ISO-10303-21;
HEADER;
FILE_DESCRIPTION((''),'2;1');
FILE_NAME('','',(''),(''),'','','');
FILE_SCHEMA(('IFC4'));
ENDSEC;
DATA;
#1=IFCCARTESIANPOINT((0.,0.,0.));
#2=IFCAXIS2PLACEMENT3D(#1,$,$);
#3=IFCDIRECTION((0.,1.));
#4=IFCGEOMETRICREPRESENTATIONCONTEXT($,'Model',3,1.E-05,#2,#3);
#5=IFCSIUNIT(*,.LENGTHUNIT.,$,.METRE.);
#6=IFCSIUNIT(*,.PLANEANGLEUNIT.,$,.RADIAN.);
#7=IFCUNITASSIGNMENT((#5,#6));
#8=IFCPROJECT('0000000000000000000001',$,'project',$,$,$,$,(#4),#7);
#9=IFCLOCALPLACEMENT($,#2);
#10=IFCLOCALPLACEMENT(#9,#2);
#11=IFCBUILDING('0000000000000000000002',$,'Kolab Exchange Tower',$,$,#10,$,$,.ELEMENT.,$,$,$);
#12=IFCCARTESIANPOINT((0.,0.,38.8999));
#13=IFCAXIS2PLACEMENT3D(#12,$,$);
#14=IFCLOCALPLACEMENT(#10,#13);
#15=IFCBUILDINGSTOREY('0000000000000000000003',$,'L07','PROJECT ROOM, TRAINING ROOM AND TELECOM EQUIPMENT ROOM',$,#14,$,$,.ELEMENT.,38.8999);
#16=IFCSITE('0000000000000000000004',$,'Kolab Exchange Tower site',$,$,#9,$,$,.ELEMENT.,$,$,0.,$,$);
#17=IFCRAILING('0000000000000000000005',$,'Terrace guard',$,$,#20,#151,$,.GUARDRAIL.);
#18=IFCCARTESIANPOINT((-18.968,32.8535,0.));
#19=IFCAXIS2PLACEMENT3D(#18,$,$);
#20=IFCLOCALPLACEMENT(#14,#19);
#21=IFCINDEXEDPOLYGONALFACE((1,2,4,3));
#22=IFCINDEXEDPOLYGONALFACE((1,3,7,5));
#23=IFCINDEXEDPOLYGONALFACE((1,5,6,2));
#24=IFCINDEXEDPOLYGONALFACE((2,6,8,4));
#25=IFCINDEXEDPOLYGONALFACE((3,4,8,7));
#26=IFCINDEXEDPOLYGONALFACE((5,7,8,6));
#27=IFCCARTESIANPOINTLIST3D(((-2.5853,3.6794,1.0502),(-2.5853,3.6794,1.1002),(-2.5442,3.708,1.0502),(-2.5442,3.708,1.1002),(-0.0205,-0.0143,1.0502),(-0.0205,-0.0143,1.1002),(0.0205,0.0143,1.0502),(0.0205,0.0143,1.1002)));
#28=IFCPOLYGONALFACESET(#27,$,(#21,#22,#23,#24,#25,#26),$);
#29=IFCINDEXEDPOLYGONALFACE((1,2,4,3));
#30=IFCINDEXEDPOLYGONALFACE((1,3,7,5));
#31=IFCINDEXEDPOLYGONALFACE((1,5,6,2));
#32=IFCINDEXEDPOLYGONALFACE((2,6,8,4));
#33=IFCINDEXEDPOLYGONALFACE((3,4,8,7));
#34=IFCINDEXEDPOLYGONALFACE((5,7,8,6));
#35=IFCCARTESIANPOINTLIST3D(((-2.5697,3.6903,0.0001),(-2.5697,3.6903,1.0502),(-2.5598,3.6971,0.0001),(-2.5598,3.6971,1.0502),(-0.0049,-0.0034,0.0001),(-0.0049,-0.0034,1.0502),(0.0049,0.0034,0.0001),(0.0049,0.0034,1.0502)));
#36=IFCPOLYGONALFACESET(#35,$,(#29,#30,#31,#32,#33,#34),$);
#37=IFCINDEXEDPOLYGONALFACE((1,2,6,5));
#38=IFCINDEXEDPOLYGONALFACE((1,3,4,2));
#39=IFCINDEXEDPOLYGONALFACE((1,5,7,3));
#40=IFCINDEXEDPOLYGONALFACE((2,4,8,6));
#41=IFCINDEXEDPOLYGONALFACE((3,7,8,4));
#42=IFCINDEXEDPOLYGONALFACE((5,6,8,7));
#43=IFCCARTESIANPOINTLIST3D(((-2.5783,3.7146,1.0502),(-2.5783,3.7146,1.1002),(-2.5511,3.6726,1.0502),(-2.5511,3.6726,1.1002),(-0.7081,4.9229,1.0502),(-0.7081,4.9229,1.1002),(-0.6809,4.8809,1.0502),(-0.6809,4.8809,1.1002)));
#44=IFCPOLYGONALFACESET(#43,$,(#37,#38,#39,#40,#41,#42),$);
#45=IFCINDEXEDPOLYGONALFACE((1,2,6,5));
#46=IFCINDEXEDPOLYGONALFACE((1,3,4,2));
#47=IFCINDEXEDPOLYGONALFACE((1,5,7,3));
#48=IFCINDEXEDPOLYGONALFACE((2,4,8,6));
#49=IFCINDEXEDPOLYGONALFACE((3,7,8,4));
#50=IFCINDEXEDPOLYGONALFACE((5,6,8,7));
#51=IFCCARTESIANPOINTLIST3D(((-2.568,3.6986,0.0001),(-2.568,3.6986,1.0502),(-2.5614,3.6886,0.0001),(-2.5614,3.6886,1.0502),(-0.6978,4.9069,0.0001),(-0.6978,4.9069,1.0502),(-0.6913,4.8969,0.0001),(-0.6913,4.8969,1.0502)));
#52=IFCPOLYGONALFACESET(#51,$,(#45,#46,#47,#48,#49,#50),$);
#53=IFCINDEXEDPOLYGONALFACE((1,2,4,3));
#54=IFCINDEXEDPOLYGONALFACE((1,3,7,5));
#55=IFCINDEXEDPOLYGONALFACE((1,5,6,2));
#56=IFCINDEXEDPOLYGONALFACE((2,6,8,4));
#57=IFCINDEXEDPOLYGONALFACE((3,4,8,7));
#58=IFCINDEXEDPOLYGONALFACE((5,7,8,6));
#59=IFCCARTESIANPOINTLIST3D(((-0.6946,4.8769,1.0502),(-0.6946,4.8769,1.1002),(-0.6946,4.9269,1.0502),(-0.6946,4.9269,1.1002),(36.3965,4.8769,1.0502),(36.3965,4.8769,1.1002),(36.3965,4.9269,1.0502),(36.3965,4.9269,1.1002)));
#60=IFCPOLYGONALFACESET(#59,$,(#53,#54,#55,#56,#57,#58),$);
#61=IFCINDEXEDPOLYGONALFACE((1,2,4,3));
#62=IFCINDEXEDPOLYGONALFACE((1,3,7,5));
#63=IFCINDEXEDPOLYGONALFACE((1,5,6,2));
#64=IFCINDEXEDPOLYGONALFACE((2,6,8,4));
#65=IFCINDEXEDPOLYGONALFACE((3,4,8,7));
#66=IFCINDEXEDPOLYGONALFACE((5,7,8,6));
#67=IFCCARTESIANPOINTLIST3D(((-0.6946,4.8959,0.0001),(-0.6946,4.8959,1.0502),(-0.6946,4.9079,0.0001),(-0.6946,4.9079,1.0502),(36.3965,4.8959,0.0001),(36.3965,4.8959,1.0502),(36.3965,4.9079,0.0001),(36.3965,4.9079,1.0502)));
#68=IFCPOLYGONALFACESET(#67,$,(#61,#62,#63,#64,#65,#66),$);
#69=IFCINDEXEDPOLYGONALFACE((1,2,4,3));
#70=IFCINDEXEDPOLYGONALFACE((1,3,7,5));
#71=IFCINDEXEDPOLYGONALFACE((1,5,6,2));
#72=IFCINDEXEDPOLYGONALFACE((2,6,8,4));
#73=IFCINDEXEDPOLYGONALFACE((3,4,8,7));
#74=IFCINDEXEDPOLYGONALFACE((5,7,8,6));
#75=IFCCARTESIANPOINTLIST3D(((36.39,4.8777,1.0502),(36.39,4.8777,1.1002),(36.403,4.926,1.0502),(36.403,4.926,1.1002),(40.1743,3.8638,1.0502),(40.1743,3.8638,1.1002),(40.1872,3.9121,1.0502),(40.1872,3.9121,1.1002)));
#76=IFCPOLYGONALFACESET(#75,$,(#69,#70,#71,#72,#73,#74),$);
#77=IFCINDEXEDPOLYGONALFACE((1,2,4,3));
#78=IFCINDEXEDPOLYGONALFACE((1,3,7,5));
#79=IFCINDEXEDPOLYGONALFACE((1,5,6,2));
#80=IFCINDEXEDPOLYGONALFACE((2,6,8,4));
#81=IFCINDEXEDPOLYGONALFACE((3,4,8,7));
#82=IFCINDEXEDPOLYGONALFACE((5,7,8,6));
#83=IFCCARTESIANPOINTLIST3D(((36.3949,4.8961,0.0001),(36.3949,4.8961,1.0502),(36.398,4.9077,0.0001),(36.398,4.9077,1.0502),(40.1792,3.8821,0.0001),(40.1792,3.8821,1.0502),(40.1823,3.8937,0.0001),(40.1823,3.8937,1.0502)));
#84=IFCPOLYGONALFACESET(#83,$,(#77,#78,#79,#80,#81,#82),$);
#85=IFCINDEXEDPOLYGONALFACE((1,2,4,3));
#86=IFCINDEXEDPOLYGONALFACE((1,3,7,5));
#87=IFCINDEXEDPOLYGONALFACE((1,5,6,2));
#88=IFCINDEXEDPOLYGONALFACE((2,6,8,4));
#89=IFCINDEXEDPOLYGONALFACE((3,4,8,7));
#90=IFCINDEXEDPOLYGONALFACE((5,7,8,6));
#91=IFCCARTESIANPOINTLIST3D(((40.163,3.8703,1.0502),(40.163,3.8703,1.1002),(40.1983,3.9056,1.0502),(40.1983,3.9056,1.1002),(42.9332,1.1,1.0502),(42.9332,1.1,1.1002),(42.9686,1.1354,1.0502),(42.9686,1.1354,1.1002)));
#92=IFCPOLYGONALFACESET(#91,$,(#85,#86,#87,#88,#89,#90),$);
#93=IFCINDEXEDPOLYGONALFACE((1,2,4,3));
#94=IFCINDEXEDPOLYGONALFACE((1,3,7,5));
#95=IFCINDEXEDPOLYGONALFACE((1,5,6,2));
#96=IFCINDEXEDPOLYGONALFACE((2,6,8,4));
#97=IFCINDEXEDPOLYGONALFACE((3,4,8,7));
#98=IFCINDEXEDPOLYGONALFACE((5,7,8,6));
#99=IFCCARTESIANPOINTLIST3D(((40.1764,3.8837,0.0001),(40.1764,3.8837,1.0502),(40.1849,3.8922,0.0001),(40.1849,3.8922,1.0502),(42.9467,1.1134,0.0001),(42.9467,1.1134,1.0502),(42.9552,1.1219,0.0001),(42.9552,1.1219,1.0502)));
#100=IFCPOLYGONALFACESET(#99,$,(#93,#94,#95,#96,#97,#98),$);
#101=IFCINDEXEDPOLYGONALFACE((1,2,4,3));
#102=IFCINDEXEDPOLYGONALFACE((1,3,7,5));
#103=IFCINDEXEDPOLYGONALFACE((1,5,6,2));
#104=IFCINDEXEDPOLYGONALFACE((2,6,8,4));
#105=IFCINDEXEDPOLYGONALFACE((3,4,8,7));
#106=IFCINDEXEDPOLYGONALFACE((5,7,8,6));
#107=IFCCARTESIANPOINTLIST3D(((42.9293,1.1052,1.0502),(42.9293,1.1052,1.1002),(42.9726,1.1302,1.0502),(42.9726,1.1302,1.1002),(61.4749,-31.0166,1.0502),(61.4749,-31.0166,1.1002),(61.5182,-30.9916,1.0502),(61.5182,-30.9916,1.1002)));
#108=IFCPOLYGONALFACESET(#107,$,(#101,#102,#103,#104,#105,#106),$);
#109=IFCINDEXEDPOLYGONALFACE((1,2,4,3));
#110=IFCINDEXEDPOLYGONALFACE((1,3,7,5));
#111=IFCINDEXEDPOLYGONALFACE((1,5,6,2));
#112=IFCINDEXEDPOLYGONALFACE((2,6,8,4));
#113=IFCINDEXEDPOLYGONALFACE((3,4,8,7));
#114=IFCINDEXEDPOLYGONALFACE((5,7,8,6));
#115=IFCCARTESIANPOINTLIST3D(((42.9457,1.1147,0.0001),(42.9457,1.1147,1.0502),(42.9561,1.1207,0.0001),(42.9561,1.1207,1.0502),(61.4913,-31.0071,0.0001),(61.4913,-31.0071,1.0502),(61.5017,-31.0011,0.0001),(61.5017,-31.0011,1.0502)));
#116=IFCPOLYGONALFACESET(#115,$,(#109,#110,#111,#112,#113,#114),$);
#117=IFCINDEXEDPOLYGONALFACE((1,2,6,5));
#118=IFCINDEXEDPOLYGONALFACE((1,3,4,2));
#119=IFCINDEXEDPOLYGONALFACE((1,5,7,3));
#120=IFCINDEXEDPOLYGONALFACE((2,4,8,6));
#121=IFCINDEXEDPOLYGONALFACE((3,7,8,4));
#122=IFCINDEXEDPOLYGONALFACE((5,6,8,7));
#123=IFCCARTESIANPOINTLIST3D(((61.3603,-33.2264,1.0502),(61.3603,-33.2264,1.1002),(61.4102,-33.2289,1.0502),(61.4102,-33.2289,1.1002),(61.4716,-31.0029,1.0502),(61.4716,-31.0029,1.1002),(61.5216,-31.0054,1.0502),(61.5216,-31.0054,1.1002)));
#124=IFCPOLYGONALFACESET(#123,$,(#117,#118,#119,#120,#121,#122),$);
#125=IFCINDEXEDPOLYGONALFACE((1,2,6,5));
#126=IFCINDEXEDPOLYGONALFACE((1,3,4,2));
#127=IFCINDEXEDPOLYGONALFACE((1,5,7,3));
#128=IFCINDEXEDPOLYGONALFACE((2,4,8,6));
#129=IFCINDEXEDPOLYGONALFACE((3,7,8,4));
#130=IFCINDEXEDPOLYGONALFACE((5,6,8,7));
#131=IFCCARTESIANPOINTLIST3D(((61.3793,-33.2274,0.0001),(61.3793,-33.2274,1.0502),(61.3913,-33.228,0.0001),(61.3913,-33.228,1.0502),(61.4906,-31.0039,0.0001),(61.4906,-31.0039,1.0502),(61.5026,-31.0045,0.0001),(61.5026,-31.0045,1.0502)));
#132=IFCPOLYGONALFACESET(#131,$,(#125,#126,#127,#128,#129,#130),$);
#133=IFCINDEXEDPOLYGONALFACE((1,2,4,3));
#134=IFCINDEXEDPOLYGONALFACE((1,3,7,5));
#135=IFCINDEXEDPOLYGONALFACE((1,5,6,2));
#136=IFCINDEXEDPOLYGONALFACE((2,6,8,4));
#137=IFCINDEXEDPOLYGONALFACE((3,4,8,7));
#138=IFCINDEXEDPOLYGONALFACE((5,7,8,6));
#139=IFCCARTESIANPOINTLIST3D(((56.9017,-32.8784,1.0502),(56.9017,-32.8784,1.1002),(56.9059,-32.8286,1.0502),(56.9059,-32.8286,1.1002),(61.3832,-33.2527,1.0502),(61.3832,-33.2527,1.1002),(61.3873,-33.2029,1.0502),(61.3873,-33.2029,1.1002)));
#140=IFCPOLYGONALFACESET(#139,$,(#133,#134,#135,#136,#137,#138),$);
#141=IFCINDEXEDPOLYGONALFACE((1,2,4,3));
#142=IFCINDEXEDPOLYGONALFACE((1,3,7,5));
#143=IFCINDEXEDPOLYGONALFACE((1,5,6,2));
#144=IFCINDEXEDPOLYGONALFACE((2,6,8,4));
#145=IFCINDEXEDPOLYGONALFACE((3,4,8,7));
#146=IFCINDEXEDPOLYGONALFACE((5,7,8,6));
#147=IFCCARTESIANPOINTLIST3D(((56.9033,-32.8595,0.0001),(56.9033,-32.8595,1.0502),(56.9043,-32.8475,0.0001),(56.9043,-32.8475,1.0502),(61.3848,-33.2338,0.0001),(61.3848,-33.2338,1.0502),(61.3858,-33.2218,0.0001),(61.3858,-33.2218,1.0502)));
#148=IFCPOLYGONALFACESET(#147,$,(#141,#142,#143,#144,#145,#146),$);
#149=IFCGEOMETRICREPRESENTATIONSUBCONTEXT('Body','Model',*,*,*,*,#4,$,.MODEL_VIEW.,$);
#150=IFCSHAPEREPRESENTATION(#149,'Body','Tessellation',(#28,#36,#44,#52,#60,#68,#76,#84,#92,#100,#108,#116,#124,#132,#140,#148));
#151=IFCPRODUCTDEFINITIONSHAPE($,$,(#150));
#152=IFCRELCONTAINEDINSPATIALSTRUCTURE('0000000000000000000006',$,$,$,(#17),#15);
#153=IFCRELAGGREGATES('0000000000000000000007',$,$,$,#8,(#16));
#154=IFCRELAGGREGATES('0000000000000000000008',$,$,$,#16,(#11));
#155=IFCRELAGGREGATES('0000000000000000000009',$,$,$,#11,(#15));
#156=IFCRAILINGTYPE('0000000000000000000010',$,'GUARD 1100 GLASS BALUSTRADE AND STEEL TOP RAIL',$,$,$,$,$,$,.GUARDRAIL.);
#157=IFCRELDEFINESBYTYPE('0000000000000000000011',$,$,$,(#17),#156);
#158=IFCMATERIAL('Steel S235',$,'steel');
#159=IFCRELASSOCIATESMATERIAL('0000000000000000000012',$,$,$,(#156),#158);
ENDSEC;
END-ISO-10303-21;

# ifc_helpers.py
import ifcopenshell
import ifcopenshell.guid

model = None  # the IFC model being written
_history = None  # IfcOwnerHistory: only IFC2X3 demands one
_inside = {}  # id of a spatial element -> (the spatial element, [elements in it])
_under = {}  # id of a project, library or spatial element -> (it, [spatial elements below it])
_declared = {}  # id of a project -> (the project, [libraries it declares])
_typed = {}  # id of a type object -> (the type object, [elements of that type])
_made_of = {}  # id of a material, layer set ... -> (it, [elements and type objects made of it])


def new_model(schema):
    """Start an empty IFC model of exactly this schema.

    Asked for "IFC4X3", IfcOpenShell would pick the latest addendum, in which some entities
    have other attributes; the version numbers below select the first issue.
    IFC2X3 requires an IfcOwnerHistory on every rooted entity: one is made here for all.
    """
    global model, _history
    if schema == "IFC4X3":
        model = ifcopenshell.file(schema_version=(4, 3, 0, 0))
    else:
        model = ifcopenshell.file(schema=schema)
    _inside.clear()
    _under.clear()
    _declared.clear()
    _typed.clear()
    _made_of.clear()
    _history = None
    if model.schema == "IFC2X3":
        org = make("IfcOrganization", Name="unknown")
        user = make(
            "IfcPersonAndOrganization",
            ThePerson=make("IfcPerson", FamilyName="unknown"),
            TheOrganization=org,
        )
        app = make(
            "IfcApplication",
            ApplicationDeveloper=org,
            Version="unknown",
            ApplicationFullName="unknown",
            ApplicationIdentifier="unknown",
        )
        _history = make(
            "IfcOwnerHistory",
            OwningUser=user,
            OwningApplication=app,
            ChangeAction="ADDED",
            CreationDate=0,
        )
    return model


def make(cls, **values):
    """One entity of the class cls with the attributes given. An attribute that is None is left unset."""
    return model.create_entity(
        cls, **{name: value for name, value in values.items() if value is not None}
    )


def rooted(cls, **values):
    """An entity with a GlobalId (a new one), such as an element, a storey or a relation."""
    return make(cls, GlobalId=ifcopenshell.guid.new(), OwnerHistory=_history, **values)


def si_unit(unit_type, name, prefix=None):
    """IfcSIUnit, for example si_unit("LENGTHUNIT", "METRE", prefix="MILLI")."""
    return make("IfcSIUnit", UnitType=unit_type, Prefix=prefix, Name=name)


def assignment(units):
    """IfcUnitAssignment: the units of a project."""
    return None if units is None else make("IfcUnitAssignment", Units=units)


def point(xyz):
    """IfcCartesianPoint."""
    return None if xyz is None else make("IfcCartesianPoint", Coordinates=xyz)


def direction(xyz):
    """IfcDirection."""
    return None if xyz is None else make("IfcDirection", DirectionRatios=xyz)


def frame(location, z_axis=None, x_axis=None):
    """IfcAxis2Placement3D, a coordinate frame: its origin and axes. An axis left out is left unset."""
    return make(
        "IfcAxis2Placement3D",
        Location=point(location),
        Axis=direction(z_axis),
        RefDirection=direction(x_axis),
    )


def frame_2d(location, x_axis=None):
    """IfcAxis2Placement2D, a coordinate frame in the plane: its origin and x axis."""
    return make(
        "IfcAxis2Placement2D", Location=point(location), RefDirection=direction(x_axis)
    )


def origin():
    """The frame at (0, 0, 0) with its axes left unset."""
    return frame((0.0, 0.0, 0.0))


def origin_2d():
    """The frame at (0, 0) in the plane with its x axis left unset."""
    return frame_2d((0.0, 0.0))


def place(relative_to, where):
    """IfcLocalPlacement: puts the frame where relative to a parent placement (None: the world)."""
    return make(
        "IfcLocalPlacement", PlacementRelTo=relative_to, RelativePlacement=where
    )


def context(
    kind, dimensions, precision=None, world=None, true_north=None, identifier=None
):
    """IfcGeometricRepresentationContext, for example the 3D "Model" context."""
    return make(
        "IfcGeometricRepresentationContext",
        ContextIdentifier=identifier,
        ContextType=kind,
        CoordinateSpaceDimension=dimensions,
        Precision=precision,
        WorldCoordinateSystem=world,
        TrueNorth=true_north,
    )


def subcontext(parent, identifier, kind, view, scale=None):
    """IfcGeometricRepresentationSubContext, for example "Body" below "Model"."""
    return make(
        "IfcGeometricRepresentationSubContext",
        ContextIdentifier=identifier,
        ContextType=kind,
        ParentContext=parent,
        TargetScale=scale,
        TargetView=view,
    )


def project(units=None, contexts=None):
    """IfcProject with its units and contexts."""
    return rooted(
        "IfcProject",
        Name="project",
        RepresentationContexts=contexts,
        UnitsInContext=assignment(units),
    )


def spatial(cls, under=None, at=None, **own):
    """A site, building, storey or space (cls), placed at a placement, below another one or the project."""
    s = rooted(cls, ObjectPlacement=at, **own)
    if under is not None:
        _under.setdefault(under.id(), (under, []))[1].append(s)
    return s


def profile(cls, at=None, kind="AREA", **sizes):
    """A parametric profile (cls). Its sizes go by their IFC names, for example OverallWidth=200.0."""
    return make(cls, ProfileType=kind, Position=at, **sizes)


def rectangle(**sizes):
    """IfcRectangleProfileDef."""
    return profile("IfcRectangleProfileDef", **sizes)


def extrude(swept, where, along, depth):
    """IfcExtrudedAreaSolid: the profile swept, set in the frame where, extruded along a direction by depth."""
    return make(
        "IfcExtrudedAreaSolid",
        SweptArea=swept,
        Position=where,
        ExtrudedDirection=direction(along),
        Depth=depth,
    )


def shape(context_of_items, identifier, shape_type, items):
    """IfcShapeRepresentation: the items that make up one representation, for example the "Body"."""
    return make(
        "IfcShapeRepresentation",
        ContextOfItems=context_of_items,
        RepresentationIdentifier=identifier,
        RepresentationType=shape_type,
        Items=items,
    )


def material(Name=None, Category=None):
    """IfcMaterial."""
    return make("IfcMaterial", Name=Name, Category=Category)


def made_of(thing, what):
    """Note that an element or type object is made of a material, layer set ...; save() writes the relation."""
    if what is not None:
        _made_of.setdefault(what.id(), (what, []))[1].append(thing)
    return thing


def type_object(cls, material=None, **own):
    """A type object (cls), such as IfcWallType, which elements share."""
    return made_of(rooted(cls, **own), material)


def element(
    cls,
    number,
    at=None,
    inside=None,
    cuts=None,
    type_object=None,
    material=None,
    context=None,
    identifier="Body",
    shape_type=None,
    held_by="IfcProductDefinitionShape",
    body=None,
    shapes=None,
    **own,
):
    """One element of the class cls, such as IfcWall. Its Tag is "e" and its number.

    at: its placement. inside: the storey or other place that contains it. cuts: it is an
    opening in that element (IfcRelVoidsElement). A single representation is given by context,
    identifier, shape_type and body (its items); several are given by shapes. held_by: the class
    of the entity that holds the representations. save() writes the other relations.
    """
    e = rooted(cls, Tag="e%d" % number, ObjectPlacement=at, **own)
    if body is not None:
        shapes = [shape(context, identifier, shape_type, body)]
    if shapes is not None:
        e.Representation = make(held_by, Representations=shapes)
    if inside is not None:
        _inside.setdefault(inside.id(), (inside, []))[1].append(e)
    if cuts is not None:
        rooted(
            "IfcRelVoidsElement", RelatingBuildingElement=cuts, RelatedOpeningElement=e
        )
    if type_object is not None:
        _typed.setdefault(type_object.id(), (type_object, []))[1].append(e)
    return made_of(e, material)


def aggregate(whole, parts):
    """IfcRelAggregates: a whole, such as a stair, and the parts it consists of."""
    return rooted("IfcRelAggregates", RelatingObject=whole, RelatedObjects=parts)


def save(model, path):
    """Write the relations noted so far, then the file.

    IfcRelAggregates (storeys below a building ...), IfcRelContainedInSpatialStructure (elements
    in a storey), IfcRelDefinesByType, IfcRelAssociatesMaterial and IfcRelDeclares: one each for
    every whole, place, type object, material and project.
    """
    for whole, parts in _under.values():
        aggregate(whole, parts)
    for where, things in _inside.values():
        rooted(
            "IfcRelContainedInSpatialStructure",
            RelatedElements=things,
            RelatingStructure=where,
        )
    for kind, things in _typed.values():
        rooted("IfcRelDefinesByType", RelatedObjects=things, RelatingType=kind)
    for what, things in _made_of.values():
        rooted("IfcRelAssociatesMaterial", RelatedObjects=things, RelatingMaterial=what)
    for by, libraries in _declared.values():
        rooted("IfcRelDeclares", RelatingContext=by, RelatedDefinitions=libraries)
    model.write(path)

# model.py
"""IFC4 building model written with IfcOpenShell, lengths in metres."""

from ifc_helpers import new_model, si_unit, direction, frame, frame_2d, origin, origin_2d, place, context, subcontext, project, spatial, rectangle, extrude, material, type_object, element, save


model = new_model("IFC4")

# Units and contexts
model_context = context("Model", 3, precision=1e-05, world=origin(), true_north=direction((0.0, 1.0)))
body_context = subcontext(model_context, "Body", "Model", "MODEL_VIEW")
ifc_project = project(units=[si_unit("LENGTHUNIT", "METRE"), si_unit("PLANEANGLEUNIT", "RADIAN")], contexts=[model_context])

# Site, building, storey
site_placement = place(None, origin())
site = spatial("IfcSite", under=ifc_project, at=site_placement, Name="Kolab Exchange Tower site", CompositionType="ELEMENT", RefElevation=0.0)
building_placement = place(site_placement, origin())
building = spatial("IfcBuilding", under=site, at=building_placement, Name="Kolab Exchange Tower", CompositionType="ELEMENT")
storey_placement = place(building_placement, frame((0.0, 0.0, 38.8999)))
storey = spatial("IfcBuildingStorey", under=building, at=storey_placement, Name="L07", Description="PROJECT ROOM, TRAINING ROOM AND TELECOM EQUIPMENT ROOM", CompositionType="ELEMENT", Elevation=38.8999)

# Railing
ifc_material_1 = material(Name="Steel S235", Category="steel")
railing_type = type_object("IfcRailingType", Name="GUARD 1100 GLASS BALUSTRADE AND STEEL TOP RAIL", PredefinedType="GUARDRAIL", material=ifc_material_1)
railing_1_placement = place(storey_placement, frame((-18.968, 32.8535, 0.0)))
element("IfcRailing", 1, at=railing_1_placement, inside=storey, type_object=railing_type, Name="Terrace guard", PredefinedType="GUARDRAIL", context=body_context, shape_type="SweptSolid", body=[
    extrude(rectangle(XDim=0.05, YDim=0.05, at=origin_2d()), frame((0.0, 0.0, 1.0752), z_axis=(-0.57035, 0.821402, 0.0), x_axis=(-0.821402, -0.57035, 0.0)), (0.0, 0.0, 1.0), 4.4968),
    extrude(rectangle(XDim=0.012, YDim=1.0501, at=frame_2d((0.0, 0.5251))), frame((0.0, 0.0, 0.0), z_axis=(-0.57035, 0.821402, 0.0), x_axis=(-0.821402, -0.57035, 0.0)), (0.0, 0.0, 1.0), 4.4968),
    extrude(rectangle(XDim=0.05, YDim=0.05, at=origin_2d()), frame((-2.5647, 3.6936, 1.0752), z_axis=(0.839944, 0.542674, 0.0), x_axis=(-0.542674, 0.839944, 0.0)), (0.0, 0.0, 1.0), 2.2266),
    extrude(rectangle(XDim=0.012, YDim=1.0501, at=frame_2d((0.0, 0.5251))), frame((-2.5647, 3.6936, 0.0), z_axis=(0.839944, 0.542674, 0.0), x_axis=(-0.542674, 0.839944, 0.0)), (0.0, 0.0, 1.0), 2.2266),
    extrude(rectangle(XDim=0.05, YDim=0.05, at=origin_2d()), frame((-0.6946, 4.9019, 1.0752), z_axis=(1.0, 0.0, 0.0), x_axis=(0.0, 1.0, 0.0)), (0.0, 0.0, 1.0), 37.0911),
    extrude(rectangle(XDim=0.012, YDim=1.0501, at=frame_2d((0.0, 0.5251))), frame((-0.6946, 4.9019, 0.0), z_axis=(1.0, 0.0, 0.0), x_axis=(0.0, 1.0, 0.0)), (0.0, 0.0, 1.0), 37.0911),
    extrude(rectangle(XDim=0.05, YDim=0.05, at=origin_2d()), frame((36.3965, 4.9019, 1.0752), z_axis=(0.965929, -0.258807, 0.0), x_axis=(0.258807, 0.965929, 0.0)), (0.0, 0.0, 1.0), 3.9177),
    extrude(rectangle(XDim=0.012, YDim=1.0501, at=frame_2d((0.0, 0.5251))), frame((36.3965, 4.9019, 0.0), z_axis=(0.965929, -0.258807, 0.0), x_axis=(0.258807, 0.965929, 0.0)), (0.0, 0.0, 1.0), 3.9177),
    extrude(rectangle(XDim=0.05, YDim=0.05, at=origin_2d()), frame((40.1807, 3.8879, 1.0752), z_axis=(0.707107, -0.707107, 0.0), x_axis=(0.707107, 0.707107, 0.0)), (0.0, 0.0, 1.0), 3.9177),
    extrude(rectangle(XDim=0.012, YDim=1.0501, at=frame_2d((0.0, 0.5251))), frame((40.1807, 3.8879, 0.0), z_axis=(0.707107, -0.707107, 0.0), x_axis=(0.707107, 0.707107, 0.0)), (0.0, 0.0, 1.0), 3.9177),
    extrude(rectangle(XDim=0.05, YDim=0.05, at=origin_2d()), frame((42.9509, 1.1177, 1.0752), z_axis=(0.500002, -0.866024, 0.0), x_axis=(0.866024, 0.500002, 0.0)), (0.0, 0.0, 1.0), 37.0911),
    extrude(rectangle(XDim=0.012, YDim=1.0501, at=frame_2d((0.0, 0.5251))), frame((42.9509, 1.1177, 0.0), z_axis=(0.500002, -0.866024, 0.0), x_axis=(0.866024, 0.500002, 0.0)), (0.0, 0.0, 1.0), 37.0911),
    extrude(rectangle(XDim=0.05, YDim=0.05, at=origin_2d()), frame((61.4966, -31.0042, 1.0752), z_axis=(-0.050003, -0.998749, 0.0), x_axis=(0.998749, -0.050003, 0.0)), (0.0, 0.0, 1.0), 2.2263),
    extrude(rectangle(XDim=0.012, YDim=1.0501, at=frame_2d((0.0, 0.5251))), frame((61.4966, -31.0042, 0.0), z_axis=(-0.050003, -0.998749, 0.0), x_axis=(0.998749, -0.050003, 0.0)), (0.0, 0.0, 1.0), 2.2263),
    extrude(rectangle(XDim=0.05, YDim=0.05, at=origin_2d()), frame((61.3853, -33.2278, 1.0752), z_axis=(-0.996531, 0.083225, 0.0), x_axis=(-0.083225, -0.996531, 0.0)), (0.0, 0.0, 1.0), 4.4971),
    extrude(rectangle(XDim=0.012, YDim=1.0501, at=frame_2d((0.0, 0.5251))), frame((61.3853, -33.2278, 0.0), z_axis=(-0.996531, 0.083225, 0.0), x_axis=(-0.083225, -0.996531, 0.0)), (0.0, 0.0, 1.0), 4.4971),
])

save(model, "model.ifc")
